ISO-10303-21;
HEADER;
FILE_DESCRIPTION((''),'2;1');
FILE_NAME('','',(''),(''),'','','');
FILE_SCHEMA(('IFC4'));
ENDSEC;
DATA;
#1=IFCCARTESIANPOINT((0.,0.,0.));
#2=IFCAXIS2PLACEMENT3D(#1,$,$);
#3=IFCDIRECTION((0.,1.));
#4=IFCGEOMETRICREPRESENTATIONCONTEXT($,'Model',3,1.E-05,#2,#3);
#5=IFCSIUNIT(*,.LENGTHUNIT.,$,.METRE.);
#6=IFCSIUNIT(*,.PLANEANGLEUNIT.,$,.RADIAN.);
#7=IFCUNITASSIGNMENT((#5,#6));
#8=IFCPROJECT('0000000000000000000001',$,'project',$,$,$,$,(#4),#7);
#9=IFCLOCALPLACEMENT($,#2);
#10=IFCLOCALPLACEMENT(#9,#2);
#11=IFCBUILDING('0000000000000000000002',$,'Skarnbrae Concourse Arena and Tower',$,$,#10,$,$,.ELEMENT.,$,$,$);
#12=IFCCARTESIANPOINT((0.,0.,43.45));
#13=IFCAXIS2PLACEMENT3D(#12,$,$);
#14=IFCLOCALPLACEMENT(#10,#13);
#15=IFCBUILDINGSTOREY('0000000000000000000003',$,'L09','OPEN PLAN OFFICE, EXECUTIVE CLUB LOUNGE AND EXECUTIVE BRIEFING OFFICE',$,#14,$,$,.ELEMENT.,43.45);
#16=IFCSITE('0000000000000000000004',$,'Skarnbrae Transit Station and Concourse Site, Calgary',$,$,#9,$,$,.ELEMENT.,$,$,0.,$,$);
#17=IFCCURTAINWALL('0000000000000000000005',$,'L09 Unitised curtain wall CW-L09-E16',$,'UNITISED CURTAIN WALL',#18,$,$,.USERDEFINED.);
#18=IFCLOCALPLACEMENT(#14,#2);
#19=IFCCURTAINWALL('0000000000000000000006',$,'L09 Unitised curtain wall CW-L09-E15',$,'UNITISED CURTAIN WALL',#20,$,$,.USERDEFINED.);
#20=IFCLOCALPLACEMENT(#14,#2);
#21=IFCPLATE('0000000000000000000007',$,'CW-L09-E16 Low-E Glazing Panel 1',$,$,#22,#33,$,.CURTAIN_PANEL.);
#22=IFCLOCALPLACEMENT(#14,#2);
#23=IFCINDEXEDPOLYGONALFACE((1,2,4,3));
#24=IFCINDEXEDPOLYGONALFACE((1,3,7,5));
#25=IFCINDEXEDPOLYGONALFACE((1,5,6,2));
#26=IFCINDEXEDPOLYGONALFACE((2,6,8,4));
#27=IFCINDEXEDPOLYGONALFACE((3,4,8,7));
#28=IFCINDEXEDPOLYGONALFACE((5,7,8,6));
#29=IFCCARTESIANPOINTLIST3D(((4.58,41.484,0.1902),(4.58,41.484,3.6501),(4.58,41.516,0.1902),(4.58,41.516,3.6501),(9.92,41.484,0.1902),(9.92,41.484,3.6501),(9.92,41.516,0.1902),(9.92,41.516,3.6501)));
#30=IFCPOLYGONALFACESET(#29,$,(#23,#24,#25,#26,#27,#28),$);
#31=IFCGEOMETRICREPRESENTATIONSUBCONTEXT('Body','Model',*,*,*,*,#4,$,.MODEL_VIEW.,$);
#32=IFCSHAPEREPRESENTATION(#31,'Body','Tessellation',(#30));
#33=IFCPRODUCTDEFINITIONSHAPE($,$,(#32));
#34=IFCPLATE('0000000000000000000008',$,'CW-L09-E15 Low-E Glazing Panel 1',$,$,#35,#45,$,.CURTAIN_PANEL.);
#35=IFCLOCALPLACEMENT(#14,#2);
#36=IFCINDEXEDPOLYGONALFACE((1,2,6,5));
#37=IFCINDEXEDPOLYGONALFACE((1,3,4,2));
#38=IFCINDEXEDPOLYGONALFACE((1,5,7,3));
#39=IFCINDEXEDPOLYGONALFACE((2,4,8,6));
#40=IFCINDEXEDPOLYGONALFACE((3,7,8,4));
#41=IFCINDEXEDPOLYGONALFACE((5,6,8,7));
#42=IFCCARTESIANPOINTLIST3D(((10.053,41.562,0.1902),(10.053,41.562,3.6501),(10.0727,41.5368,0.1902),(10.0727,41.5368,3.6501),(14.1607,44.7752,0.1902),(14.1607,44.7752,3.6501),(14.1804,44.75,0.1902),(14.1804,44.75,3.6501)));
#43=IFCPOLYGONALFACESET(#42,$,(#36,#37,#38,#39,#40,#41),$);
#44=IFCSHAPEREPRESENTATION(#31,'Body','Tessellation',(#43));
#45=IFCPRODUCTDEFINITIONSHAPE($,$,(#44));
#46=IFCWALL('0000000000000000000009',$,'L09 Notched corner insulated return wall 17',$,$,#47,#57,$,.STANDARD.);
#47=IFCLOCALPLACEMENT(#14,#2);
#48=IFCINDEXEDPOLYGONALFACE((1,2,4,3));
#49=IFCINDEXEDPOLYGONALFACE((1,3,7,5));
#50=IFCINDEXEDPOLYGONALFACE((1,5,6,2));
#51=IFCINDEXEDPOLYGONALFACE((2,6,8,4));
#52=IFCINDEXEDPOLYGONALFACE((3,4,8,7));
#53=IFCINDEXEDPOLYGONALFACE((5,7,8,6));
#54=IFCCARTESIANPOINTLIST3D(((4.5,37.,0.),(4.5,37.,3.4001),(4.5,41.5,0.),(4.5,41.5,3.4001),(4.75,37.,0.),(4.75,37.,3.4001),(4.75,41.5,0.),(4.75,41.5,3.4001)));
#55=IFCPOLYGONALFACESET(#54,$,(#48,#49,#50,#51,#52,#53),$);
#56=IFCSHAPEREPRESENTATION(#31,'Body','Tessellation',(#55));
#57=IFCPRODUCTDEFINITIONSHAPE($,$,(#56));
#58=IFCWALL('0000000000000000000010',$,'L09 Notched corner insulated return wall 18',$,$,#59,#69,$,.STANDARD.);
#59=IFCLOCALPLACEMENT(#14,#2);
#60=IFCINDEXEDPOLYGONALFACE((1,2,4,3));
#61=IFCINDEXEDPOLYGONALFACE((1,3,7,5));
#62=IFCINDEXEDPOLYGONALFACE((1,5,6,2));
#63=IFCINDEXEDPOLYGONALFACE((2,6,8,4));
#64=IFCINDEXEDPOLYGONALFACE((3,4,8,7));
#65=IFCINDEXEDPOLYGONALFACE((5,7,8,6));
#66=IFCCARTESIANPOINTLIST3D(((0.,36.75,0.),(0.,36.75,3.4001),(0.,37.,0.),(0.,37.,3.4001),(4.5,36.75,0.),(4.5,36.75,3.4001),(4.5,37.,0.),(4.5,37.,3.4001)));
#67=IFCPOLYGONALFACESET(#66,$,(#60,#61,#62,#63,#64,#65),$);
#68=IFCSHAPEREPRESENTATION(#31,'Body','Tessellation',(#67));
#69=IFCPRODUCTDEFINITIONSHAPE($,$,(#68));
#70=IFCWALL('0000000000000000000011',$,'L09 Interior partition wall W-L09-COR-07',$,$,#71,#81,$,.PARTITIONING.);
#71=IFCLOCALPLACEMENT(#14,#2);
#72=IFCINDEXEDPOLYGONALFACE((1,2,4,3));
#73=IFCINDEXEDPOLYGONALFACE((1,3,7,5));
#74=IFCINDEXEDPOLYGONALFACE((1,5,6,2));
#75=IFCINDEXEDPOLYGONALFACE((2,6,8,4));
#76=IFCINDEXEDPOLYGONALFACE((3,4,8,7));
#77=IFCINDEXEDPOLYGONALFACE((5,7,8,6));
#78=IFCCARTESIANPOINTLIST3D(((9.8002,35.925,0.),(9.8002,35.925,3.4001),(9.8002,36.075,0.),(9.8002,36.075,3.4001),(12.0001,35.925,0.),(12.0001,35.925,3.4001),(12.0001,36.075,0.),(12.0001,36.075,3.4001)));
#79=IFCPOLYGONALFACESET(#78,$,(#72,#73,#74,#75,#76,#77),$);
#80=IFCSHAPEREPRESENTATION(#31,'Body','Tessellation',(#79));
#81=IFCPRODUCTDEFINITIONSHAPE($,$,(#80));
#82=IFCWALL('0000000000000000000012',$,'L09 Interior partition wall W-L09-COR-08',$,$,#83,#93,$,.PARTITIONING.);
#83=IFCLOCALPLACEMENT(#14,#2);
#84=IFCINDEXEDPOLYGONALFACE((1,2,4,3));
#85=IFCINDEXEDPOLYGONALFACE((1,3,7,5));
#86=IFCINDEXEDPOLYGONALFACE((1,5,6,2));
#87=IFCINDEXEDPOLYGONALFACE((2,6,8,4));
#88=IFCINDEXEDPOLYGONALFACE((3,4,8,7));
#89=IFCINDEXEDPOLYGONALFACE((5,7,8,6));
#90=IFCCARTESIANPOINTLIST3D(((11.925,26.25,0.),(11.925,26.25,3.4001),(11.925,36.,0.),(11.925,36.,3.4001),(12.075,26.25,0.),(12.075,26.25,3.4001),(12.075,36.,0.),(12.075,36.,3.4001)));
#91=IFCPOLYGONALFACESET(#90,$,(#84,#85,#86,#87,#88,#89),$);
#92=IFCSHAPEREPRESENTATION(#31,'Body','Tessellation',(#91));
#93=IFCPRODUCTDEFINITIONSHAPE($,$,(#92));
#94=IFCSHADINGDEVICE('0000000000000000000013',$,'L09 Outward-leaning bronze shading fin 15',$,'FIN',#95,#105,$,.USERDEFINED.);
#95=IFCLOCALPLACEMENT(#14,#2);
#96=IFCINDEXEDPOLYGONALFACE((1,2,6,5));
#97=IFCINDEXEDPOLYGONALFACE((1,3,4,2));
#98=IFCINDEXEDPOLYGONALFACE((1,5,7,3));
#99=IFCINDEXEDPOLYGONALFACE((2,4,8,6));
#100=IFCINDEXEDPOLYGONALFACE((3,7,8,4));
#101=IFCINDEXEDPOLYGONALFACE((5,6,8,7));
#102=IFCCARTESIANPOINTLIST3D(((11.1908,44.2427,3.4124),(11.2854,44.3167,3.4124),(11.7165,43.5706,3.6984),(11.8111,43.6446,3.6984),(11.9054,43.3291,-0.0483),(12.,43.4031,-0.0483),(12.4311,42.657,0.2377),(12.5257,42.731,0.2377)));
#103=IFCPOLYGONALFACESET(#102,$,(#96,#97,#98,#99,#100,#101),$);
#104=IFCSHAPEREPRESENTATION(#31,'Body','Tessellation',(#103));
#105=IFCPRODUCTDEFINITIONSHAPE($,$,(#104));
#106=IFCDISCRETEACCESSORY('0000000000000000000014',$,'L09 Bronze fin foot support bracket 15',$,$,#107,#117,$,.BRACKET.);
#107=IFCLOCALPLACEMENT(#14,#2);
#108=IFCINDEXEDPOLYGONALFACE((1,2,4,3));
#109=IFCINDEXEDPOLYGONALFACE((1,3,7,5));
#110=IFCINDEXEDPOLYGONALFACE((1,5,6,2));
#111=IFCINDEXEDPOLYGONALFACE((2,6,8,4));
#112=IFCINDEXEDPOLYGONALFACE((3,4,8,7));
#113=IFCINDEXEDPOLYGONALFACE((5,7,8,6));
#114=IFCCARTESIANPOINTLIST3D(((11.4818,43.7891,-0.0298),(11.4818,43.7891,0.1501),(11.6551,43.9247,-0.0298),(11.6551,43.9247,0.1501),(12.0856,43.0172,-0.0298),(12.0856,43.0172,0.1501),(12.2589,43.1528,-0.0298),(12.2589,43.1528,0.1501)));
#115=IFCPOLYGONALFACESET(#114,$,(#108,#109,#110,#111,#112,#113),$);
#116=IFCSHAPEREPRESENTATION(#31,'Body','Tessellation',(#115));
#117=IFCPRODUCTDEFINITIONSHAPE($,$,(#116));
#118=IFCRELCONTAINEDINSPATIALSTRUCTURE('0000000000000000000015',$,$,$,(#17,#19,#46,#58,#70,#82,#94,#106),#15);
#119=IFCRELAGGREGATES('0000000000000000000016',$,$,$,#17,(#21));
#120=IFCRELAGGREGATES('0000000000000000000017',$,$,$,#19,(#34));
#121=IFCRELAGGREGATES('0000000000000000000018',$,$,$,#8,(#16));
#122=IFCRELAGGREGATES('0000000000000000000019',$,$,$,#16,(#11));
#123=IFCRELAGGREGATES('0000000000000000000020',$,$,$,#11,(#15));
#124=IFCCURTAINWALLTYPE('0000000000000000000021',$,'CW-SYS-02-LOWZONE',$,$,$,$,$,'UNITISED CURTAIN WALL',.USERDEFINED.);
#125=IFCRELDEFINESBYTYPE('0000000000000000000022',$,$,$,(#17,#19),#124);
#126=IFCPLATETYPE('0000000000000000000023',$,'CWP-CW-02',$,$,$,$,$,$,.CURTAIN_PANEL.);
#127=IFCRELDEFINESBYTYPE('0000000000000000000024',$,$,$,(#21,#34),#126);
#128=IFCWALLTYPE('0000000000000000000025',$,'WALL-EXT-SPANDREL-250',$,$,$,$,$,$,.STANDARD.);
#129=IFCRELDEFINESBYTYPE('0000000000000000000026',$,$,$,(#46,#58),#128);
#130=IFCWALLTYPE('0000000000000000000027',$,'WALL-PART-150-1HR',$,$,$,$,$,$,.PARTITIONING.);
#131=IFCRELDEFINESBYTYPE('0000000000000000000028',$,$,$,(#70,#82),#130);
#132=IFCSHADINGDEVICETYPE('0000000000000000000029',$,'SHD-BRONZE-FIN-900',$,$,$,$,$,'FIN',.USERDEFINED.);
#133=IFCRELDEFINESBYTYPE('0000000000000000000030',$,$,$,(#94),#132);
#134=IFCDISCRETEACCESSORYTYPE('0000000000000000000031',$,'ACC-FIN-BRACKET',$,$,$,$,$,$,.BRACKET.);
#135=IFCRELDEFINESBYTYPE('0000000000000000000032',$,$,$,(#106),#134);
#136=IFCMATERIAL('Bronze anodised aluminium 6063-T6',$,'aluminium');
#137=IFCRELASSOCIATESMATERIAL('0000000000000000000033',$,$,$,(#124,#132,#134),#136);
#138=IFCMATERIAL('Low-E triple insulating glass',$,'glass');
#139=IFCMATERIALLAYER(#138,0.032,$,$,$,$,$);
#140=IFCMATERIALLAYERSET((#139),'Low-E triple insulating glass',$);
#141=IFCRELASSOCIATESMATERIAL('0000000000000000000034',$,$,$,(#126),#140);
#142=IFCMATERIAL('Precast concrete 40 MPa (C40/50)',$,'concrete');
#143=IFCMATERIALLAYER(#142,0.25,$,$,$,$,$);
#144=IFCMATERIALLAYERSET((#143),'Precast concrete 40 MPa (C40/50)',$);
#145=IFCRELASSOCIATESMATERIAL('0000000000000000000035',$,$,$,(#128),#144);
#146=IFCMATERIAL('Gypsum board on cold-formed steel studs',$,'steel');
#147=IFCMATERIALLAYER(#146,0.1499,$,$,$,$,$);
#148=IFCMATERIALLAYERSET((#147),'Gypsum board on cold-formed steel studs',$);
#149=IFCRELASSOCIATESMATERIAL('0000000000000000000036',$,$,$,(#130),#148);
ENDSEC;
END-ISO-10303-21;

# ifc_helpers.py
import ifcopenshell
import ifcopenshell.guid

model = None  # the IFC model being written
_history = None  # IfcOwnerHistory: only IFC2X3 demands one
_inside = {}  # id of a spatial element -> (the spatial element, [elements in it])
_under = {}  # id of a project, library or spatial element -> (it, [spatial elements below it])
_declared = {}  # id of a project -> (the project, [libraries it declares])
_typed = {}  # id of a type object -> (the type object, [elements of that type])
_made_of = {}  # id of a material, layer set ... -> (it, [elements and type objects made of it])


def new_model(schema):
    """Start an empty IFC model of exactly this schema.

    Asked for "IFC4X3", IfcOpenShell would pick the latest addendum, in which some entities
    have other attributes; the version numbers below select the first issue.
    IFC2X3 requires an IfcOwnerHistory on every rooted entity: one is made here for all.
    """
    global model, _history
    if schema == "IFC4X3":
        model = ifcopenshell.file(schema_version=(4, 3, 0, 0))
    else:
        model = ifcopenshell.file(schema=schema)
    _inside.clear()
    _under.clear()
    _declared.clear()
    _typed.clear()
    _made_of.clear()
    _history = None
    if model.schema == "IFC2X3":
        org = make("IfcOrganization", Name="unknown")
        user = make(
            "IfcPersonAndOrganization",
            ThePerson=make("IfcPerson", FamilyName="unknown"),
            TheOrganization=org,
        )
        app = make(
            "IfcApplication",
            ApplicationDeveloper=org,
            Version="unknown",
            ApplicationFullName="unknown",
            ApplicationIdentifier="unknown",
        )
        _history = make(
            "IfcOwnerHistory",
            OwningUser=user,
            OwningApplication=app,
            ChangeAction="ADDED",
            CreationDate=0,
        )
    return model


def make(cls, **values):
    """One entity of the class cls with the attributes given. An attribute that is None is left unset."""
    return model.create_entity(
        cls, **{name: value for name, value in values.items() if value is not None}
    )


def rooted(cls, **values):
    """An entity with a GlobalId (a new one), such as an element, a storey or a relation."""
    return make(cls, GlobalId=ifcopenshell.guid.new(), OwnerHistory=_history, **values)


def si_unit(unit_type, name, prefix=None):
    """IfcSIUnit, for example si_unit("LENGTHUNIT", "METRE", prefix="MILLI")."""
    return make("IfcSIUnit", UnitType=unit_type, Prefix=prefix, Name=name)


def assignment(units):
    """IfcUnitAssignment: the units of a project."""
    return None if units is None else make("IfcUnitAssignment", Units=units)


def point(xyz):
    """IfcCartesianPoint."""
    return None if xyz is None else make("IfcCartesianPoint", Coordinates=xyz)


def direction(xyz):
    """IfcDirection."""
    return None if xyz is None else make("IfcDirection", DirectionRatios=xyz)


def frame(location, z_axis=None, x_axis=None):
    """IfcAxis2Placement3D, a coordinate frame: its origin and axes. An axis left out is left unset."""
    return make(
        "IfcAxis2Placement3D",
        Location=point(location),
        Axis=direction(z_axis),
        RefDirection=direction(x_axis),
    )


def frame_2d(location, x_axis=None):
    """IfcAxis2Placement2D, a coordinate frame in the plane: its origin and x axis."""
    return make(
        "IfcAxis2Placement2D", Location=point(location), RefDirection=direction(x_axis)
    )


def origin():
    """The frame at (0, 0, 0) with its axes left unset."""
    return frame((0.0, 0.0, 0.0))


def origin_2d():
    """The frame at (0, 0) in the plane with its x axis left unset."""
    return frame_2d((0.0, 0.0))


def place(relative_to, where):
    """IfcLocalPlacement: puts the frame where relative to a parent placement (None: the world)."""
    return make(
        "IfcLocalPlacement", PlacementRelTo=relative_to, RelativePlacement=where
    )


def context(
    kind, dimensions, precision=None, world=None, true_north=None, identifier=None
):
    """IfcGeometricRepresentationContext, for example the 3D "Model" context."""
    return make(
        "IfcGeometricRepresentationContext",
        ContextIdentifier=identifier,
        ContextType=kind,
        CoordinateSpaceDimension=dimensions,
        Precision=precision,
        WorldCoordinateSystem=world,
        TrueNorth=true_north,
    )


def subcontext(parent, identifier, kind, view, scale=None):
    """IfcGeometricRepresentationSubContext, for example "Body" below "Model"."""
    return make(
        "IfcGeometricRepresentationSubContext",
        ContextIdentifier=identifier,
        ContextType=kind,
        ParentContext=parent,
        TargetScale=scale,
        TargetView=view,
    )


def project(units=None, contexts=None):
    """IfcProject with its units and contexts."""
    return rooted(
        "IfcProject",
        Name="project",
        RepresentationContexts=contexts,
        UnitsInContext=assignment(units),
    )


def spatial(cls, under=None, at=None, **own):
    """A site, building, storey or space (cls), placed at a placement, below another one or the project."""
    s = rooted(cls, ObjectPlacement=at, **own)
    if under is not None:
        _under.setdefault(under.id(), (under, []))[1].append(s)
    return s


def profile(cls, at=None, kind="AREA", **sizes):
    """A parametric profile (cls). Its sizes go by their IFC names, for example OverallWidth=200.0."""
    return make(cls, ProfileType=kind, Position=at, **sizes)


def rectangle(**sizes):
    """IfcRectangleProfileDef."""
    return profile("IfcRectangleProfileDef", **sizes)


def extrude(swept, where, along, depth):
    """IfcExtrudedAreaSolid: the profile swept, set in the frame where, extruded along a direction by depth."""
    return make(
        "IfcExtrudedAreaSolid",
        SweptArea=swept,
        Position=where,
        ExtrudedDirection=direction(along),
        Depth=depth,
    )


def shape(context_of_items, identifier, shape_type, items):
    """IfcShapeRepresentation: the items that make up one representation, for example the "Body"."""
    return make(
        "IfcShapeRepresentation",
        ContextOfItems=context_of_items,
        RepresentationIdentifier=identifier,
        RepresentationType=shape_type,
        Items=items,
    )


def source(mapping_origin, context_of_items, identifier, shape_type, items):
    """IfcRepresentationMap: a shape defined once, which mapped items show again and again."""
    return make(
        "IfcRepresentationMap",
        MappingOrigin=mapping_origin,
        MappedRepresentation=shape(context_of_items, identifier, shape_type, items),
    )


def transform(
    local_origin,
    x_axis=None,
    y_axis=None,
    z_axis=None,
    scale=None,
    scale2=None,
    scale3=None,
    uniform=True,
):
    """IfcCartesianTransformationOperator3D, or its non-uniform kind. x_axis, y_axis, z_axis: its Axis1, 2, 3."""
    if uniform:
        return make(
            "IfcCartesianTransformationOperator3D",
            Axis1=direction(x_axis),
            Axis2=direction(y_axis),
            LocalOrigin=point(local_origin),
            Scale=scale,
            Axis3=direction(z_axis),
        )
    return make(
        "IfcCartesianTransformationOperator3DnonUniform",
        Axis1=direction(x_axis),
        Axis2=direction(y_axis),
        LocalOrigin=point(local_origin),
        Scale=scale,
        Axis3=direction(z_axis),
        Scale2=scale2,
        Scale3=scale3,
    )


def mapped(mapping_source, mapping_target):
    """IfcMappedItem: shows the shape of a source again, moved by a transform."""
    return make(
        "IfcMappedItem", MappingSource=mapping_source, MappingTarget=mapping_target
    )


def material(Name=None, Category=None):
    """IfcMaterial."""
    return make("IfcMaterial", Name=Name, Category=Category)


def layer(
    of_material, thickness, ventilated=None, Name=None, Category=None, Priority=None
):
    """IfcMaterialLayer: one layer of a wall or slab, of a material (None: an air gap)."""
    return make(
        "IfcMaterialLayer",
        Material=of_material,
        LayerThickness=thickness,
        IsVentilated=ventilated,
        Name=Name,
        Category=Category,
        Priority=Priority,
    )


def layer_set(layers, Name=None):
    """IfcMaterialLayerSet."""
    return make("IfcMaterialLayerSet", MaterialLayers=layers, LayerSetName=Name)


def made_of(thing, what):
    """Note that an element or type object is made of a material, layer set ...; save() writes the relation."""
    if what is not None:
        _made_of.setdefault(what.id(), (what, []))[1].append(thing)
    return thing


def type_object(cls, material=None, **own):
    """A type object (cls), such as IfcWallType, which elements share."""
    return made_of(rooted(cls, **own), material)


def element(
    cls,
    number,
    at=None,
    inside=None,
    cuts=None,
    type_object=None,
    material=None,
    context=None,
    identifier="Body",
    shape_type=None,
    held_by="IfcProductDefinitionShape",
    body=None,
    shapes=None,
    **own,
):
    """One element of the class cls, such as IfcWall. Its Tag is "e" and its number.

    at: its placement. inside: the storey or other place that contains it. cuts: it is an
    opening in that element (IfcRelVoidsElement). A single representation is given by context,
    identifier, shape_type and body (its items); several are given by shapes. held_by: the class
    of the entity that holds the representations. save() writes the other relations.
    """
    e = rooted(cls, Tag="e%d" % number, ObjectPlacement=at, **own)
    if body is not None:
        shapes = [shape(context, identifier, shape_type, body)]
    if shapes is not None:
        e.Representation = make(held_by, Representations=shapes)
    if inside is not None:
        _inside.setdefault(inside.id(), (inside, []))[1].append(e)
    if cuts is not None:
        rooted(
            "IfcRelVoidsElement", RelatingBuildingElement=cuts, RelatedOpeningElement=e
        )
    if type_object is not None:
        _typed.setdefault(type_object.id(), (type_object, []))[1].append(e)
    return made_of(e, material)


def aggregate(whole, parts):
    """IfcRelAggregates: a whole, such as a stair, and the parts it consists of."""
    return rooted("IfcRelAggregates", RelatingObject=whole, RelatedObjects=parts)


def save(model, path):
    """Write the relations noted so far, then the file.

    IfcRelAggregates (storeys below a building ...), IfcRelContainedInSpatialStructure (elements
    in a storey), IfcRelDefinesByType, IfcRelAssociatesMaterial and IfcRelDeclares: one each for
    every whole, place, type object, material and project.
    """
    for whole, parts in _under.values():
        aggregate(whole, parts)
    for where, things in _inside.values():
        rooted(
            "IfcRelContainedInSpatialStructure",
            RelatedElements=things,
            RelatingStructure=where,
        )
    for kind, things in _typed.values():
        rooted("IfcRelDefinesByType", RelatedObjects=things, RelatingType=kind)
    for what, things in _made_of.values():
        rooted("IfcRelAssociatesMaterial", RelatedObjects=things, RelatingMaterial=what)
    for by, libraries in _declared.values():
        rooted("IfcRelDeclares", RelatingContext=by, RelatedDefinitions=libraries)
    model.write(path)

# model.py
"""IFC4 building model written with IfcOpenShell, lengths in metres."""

from ifc_helpers import new_model, si_unit, direction, frame, frame_2d, origin, origin_2d, place, context, subcontext, project, spatial, rectangle, extrude, source, transform, mapped, material, layer, layer_set, type_object, element, aggregate, save


model = new_model("IFC4")

# Units and contexts
model_context = context("Model", 3, precision=1e-05, world=origin(), true_north=direction((0.0, 1.0)))
body_context = subcontext(model_context, "Body", "Model", "MODEL_VIEW")
ifc_project = project(units=[si_unit("LENGTHUNIT", "METRE"), si_unit("PLANEANGLEUNIT", "RADIAN")], contexts=[model_context])

# Site, building, storey
site_placement = place(None, origin())
site = spatial("IfcSite", under=ifc_project, at=site_placement, Name="Skarnbrae Transit Station and Concourse Site, Calgary", CompositionType="ELEMENT", RefElevation=0.0)
building_placement = place(site_placement, origin())
building = spatial("IfcBuilding", under=site, at=building_placement, Name="Skarnbrae Concourse Arena and Tower", CompositionType="ELEMENT")
storey_placement = place(building_placement, frame((0.0, 0.0, 43.45)))
storey = spatial("IfcBuildingStorey", under=building, at=storey_placement, Name="L09", Description="OPEN PLAN OFFICE, EXECUTIVE CLUB LOUNGE AND EXECUTIVE BRIEFING OFFICE", CompositionType="ELEMENT", Elevation=43.45)

# Curtain walls
ifc_material_1 = material(Name="Bronze anodised aluminium 6063-T6", Category="aluminium")
curtain_wall_type_1 = type_object("IfcCurtainWallType", Name="CW-SYS-02-LOWZONE", ElementType="UNITISED CURTAIN WALL", PredefinedType="USERDEFINED", material=ifc_material_1)
curtain_wall_1_placement = place(storey_placement, origin())
curtain_wall_1 = element("IfcCurtainWall", 1, at=curtain_wall_1_placement, inside=storey, type_object=curtain_wall_type_1, Name="L09 Unitised curtain wall CW-L09-E16", ObjectType="UNITISED CURTAIN WALL", PredefinedType="USERDEFINED")
curtain_wall_2_placement = place(storey_placement, origin())
curtain_wall_2 = element("IfcCurtainWall", 2, at=curtain_wall_2_placement, inside=storey, type_object=curtain_wall_type_1, Name="L09 Unitised curtain wall CW-L09-E15", ObjectType="UNITISED CURTAIN WALL", PredefinedType="USERDEFINED")

# Plates
ifc_material_2 = material(Name="Low-E triple insulating glass", Category="glass")
ifc_layer_1 = layer(ifc_material_2, 0.032)
ifc_layer_set_1 = layer_set([ifc_layer_1], Name="Low-E triple insulating glass")
plate_type = type_object("IfcPlateType", Name="CWP-CW-02", PredefinedType="CURTAIN_PANEL", material=ifc_layer_set_1)
shared_shape_1 = source(origin(), body_context, "Body", "SweptSolid", [
    extrude(rectangle(XDim=5.3401, YDim=0.032, at=origin_2d()), origin(), (0.0, 0.0, 1.0), 3.46),
])
plate_1_placement = place(storey_placement, frame((7.25, 41.5, 0.1902), z_axis=(0.0, 0.0, 1.0), x_axis=(-1.0, 0.0, 0.0)))
plate_1 = element("IfcPlate", 3, at=plate_1_placement, type_object=plate_type, Name="CW-L09-E16 Low-E Glazing Panel 1", PredefinedType="CURTAIN_PANEL", context=body_context, shape_type="MappedRepresentation", body=[
    mapped(shared_shape_1, transform((0.0, 0.0, 0.0))),
])
aggregate(curtain_wall_1, [plate_1])
shared_shape_2 = source(origin(), body_context, "Body", "SweptSolid", [
    extrude(rectangle(XDim=5.2151, YDim=0.032, at=origin_2d()), origin(), (0.0, 0.0, 1.0), 3.46),
])
plate_2_placement = place(storey_placement, frame((12.1167, 43.156, 0.1902), z_axis=(0.0, 0.0, 1.0), x_axis=(-0.787652, -0.616121, 0.0)))
plate_2 = element("IfcPlate", 4, at=plate_2_placement, type_object=plate_type, Name="CW-L09-E15 Low-E Glazing Panel 1", PredefinedType="CURTAIN_PANEL", context=body_context, shape_type="MappedRepresentation", body=[
    mapped(shared_shape_2, transform((0.0, 0.0, 0.0))),
])
aggregate(curtain_wall_2, [plate_2])

# Walls
ifc_material_3 = material(Name="Precast concrete 40 MPa (C40/50)", Category="concrete")
ifc_layer_2 = layer(ifc_material_3, 0.25)
ifc_layer_set_2 = layer_set([ifc_layer_2], Name="Precast concrete 40 MPa (C40/50)")
wall_type_1 = type_object("IfcWallType", Name="WALL-EXT-SPANDREL-250", PredefinedType="STANDARD", material=ifc_layer_set_2)
shared_shape_3 = source(origin(), body_context, "Body", "SweptSolid", [
    extrude(rectangle(XDim=4.5, YDim=0.25, at=frame_2d((2.25, 0.0))), origin(), (0.0, 0.0, 1.0), 3.4001),
])
for number, where, z_axis, x_axis, name in (
    (5, (4.625, 41.5, 0.0), (0.0, 0.0, 1.0), (0.0, -1.0, 0.0), "L09 Notched corner insulated return wall 17"),
    (6, (4.5, 36.875, 0.0), (0.0, 0.0, 1.0), (-1.0, 0.0, 0.0), "L09 Notched corner insulated return wall 18"),
):
    element("IfcWall", number, at=place(storey_placement, frame(where, z_axis=z_axis, x_axis=x_axis)), inside=storey, type_object=wall_type_1, Name=name, PredefinedType="STANDARD", context=body_context, shape_type="MappedRepresentation", body=[
        mapped(shared_shape_3, transform((0.0, 0.0, 0.0))),
    ])
ifc_material_4 = material(Name="Gypsum board on cold-formed steel studs", Category="steel")
ifc_layer_3 = layer(ifc_material_4, 0.1499)
ifc_layer_set_3 = layer_set([ifc_layer_3], Name="Gypsum board on cold-formed steel studs")
wall_type_2 = type_object("IfcWallType", Name="WALL-PART-150-1HR", PredefinedType="PARTITIONING", material=ifc_layer_set_3)
shared_shape_4 = source(origin(), body_context, "Body", "SweptSolid", [
    extrude(rectangle(XDim=2.2, YDim=0.1499, at=frame_2d((1.1001, 0.0))), origin(), (0.0, 0.0, 1.0), 3.4001),
])
wall_1_placement = place(storey_placement, frame((9.8, 36.0, 0.0), z_axis=(0.0, 0.0, 1.0), x_axis=(1.0, 0.0, 0.0)))
element("IfcWall", 7, at=wall_1_placement, inside=storey, type_object=wall_type_2, Name="L09 Interior partition wall W-L09-COR-07", PredefinedType="PARTITIONING", context=body_context, shape_type="MappedRepresentation", body=[
    mapped(shared_shape_4, transform((0.0, 0.0, 0.0))),
])
shared_shape_5 = source(origin(), body_context, "Body", "SweptSolid", [
    extrude(rectangle(XDim=9.75, YDim=0.1499, at=frame_2d((4.875, 0.0))), origin(), (0.0, 0.0, 1.0), 3.4001),
])
wall_2_placement = place(storey_placement, frame((12.0, 36.0, 0.0), z_axis=(0.0, 0.0, 1.0), x_axis=(0.0, -1.0, 0.0)))
element("IfcWall", 8, at=wall_2_placement, inside=storey, type_object=wall_type_2, Name="L09 Interior partition wall W-L09-COR-08", PredefinedType="PARTITIONING", context=body_context, shape_type="MappedRepresentation", body=[
    mapped(shared_shape_5, transform((0.0, 0.0, 0.0))),
])

# Shading device
shading_device_type = type_object("IfcShadingDeviceType", Name="SHD-BRONZE-FIN-900", ElementType="FIN", PredefinedType="USERDEFINED", material=ifc_material_1)
shared_shape_6 = source(origin(), body_context, "Body", "SweptSolid", [
    extrude(rectangle(XDim=0.1201, YDim=0.8999, at=origin_2d()), origin(), (0.0, 0.0, 1.0), 3.6499),
])
shading_device_placement = place(storey_placement, frame((12.2156, 43.03, 0.0947), z_axis=(-0.195802, 0.250318, 0.948157), x_axis=(0.787656, 0.616115, 0.0)))
element("IfcShadingDevice", 9, at=shading_device_placement, inside=storey, type_object=shading_device_type, Name="L09 Outward-leaning bronze shading fin 15", ObjectType="FIN", PredefinedType="USERDEFINED", context=body_context, shape_type="MappedRepresentation", body=[
    mapped(shared_shape_6, transform((0.0, 0.0, 0.0))),
])

# Discrete accessory
discrete_accessory_type = type_object("IfcDiscreteAccessoryType", Name="ACC-FIN-BRACKET", PredefinedType="BRACKET", material=ifc_material_1)
shared_shape_7 = source(origin(), body_context, "Body", "SweptSolid", [
    extrude(rectangle(XDim=0.22, YDim=0.98, at=origin_2d()), origin(), (0.0, 0.0, 1.0), 0.1799),
])
discrete_accessory_placement = place(storey_placement, frame((11.8704, 43.4709, -0.0298), z_axis=(0.0, 0.0, 1.0), x_axis=(0.787656, 0.616115, 0.0)))
element("IfcDiscreteAccessory", 10, at=discrete_accessory_placement, inside=storey, type_object=discrete_accessory_type, Name="L09 Bronze fin foot support bracket 15", PredefinedType="BRACKET", context=body_context, shape_type="MappedRepresentation", body=[
    mapped(shared_shape_7, transform((0.0, 0.0, 0.0))),
])

save(model, "model.ifc")
